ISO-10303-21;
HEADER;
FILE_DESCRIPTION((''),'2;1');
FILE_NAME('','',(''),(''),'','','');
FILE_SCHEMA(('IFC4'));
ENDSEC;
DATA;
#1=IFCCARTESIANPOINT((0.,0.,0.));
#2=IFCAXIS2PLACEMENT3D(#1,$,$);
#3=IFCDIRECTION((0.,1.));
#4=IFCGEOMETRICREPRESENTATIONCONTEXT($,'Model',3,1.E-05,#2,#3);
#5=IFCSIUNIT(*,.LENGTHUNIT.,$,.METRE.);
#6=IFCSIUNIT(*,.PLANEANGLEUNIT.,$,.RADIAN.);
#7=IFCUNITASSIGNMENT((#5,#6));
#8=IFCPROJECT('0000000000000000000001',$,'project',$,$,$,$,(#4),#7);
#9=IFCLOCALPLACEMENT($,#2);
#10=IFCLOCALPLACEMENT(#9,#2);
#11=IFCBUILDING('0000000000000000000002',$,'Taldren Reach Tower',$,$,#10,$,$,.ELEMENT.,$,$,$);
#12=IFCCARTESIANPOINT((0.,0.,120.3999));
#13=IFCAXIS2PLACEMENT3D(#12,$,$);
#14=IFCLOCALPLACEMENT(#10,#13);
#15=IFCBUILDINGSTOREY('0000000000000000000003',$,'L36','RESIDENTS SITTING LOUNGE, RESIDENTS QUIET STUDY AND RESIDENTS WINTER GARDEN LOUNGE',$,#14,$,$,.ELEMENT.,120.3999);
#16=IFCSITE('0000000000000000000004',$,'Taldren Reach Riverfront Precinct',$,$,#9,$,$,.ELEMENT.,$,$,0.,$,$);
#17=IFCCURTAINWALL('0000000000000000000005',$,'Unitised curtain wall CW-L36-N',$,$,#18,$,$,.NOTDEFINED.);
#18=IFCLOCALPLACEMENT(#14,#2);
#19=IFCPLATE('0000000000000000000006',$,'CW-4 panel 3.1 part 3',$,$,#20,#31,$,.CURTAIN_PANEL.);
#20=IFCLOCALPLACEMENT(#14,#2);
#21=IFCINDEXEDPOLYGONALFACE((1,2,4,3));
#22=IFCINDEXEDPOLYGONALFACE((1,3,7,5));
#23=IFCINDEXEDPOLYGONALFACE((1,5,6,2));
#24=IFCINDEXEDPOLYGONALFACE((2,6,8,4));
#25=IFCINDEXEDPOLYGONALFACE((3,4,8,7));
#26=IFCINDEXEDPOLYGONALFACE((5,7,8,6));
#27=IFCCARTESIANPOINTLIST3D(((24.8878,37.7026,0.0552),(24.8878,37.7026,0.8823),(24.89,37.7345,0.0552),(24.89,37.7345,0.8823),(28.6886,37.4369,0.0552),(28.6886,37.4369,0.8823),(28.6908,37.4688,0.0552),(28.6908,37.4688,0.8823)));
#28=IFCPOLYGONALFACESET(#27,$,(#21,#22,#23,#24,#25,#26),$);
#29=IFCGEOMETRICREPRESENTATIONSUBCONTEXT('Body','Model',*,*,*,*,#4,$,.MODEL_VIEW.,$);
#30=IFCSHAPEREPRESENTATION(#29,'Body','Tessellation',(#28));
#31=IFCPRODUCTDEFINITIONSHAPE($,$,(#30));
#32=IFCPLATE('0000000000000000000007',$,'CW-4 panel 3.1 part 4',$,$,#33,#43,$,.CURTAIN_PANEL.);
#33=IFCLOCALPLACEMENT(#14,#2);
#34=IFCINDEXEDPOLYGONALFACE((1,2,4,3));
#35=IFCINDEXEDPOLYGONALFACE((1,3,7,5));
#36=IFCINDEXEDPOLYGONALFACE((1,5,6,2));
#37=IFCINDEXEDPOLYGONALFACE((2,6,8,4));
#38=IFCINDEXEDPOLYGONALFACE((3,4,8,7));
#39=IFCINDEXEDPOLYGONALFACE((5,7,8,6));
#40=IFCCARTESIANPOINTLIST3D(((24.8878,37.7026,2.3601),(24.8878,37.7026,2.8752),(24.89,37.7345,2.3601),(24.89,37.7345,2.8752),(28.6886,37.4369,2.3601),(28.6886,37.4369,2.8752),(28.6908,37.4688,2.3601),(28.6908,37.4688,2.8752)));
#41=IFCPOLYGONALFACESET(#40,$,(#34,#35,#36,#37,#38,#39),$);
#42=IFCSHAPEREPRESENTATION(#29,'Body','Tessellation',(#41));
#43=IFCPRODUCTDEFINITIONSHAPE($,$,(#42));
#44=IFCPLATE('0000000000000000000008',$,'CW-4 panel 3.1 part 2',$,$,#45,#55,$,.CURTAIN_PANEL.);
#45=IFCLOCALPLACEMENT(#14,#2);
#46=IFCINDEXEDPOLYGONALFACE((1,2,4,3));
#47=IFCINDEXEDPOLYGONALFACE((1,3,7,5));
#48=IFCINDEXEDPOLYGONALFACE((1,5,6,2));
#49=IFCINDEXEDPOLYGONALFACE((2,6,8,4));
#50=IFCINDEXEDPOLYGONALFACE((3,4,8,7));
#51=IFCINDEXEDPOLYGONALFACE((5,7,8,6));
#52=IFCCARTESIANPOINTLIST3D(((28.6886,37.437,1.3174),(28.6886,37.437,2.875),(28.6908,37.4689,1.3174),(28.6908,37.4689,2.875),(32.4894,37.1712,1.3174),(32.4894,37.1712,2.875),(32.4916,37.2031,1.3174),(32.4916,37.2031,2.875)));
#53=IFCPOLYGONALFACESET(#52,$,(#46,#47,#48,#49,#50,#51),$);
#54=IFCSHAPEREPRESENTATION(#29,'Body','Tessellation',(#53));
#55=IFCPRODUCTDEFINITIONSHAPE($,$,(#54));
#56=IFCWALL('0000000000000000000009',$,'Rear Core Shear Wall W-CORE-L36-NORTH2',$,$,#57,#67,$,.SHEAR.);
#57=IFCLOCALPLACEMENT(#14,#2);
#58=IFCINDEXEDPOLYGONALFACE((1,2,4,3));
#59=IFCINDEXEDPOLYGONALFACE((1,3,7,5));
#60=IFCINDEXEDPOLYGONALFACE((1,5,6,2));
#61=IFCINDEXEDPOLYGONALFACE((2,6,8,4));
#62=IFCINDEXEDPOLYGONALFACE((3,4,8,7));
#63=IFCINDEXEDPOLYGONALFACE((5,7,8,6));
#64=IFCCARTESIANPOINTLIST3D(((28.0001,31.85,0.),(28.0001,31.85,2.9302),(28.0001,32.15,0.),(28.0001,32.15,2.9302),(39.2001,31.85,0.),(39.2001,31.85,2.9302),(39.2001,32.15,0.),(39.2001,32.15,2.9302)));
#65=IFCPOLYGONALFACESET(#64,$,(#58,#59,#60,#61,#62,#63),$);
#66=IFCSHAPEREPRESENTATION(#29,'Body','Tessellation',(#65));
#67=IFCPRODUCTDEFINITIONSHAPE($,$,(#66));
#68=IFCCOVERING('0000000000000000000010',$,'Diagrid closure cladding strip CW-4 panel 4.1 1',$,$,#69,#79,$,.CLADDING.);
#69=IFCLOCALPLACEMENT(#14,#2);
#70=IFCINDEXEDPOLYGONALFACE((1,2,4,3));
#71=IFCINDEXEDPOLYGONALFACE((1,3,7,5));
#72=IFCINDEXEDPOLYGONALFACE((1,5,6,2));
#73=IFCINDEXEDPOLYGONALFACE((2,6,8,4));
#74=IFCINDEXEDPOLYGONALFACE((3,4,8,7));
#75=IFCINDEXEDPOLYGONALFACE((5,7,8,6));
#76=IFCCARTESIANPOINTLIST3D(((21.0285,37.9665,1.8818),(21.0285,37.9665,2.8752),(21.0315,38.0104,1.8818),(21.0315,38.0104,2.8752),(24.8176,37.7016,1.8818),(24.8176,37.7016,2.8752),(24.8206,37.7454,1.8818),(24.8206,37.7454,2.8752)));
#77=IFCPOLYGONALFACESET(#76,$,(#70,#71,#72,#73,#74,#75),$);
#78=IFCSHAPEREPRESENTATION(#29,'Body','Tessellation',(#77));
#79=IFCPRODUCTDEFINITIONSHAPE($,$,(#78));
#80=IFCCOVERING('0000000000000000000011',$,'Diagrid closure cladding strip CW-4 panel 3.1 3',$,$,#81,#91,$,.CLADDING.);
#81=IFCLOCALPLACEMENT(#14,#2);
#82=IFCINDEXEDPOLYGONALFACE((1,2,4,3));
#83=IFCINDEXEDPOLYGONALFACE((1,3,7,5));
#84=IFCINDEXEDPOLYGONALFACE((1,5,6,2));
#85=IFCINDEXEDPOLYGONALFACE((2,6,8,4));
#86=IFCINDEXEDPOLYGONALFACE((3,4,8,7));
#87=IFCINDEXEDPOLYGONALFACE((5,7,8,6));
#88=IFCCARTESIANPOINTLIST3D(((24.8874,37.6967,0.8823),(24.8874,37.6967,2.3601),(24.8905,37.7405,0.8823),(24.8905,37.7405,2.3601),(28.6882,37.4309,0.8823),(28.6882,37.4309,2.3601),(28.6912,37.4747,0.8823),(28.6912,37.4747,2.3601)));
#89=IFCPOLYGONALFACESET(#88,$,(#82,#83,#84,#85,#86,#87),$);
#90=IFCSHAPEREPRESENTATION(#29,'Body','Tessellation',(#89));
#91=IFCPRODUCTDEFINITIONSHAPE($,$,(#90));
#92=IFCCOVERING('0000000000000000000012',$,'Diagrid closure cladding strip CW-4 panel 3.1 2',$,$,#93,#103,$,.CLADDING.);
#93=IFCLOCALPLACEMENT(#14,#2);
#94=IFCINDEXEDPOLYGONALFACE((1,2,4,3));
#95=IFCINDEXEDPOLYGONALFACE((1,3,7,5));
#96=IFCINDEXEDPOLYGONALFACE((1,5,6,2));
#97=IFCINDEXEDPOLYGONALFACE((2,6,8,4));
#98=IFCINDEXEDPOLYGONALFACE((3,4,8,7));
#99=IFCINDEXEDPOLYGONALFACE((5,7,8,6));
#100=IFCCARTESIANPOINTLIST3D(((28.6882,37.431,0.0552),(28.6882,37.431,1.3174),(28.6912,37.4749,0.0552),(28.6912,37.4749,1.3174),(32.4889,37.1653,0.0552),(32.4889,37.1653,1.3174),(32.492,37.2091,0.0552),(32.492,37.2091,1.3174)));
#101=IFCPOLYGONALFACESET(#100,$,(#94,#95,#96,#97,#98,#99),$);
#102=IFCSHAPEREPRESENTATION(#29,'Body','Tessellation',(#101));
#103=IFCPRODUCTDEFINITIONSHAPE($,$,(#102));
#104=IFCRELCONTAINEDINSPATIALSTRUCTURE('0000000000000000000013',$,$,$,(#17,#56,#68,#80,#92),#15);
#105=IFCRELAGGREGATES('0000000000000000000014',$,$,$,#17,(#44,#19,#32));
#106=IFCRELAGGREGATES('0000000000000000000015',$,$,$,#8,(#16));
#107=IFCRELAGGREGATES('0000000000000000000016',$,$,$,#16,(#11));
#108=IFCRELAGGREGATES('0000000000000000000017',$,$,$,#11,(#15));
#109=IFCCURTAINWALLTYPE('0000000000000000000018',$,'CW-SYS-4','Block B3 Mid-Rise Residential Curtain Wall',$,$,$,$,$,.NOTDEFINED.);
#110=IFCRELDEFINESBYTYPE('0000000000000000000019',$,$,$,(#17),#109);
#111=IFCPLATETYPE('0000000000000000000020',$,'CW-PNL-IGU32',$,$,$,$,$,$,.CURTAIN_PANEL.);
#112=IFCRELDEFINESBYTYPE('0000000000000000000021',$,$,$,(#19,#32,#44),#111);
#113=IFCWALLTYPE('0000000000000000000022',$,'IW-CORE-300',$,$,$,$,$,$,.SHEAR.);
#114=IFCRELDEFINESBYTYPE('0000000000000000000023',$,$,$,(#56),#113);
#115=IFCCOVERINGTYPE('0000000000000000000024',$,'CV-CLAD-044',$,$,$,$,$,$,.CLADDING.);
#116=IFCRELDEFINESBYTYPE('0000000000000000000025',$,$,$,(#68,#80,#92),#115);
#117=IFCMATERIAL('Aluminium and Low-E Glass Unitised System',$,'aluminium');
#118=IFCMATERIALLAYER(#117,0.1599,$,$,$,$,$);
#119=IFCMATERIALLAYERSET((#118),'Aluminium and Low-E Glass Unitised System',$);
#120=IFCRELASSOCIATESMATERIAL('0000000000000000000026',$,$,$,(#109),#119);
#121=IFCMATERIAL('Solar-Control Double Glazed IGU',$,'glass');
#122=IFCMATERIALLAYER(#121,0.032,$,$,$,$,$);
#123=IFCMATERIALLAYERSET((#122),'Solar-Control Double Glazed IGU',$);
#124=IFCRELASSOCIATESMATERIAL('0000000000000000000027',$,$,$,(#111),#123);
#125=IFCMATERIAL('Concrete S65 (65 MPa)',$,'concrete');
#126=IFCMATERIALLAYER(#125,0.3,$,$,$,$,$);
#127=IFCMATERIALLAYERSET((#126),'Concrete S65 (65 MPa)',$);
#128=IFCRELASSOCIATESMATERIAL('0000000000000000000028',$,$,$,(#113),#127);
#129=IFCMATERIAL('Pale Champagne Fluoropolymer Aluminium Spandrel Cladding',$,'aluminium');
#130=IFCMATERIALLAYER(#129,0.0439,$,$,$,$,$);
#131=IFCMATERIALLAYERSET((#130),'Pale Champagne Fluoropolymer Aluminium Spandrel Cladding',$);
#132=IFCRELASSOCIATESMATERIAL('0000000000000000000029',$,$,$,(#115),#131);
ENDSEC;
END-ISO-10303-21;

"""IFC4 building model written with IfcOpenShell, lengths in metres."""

from ifc_helpers import new_model, si_unit, direction, frame, frame_2d, origin, origin_2d, place, context, subcontext, project, spatial, rectangle, extrude, source, transform, mapped, material, layer, layer_set, type_object, element, aggregate, save


model = new_model("IFC4")

# Units and contexts
model_context = context("Model", 3, precision=1e-05, world=origin(), true_north=direction((0.0, 1.0)))
body_context = subcontext(model_context, "Body", "Model", "MODEL_VIEW")
ifc_project = project(units=[si_unit("LENGTHUNIT", "METRE"), si_unit("PLANEANGLEUNIT", "RADIAN")], contexts=[model_context])

# Site, building, storey
site_placement = place(None, origin())
site = spatial("IfcSite", under=ifc_project, at=site_placement, Name="Taldren Reach Riverfront Precinct", CompositionType="ELEMENT", RefElevation=0.0)
building_placement = place(site_placement, origin())
building = spatial("IfcBuilding", under=site, at=building_placement, Name="Taldren Reach Tower", CompositionType="ELEMENT")
storey_placement = place(building_placement, frame((0.0, 0.0, 120.3999)))
storey = spatial("IfcBuildingStorey", under=building, at=storey_placement, Name="L36", Description="RESIDENTS SITTING LOUNGE, RESIDENTS QUIET STUDY AND RESIDENTS WINTER GARDEN LOUNGE", CompositionType="ELEMENT", Elevation=120.3999)

# Curtain wall
ifc_material_1 = material(Name="Aluminium and Low-E Glass Unitised System", Category="aluminium")
ifc_layer_1 = layer(ifc_material_1, 0.1599)
ifc_layer_set_1 = layer_set([ifc_layer_1], Name="Aluminium and Low-E Glass Unitised System")
curtain_wall_type = type_object("IfcCurtainWallType", Name="CW-SYS-4", Description="Block B3 Mid-Rise Residential Curtain Wall", PredefinedType="NOTDEFINED", material=ifc_layer_set_1)
curtain_wall_placement = place(storey_placement, origin())
curtain_wall = element("IfcCurtainWall", 1, at=curtain_wall_placement, inside=storey, type_object=curtain_wall_type, Name="Unitised curtain wall CW-L36-N", PredefinedType="NOTDEFINED")

# Plates
ifc_material_2 = material(Name="Solar-Control Double Glazed IGU", Category="glass")
ifc_layer_2 = layer(ifc_material_2, 0.032)
ifc_layer_set_2 = layer_set([ifc_layer_2], Name="Solar-Control Double Glazed IGU")
plate_type_1 = type_object("IfcPlateType", Name="CW-PNL-IGU32", PredefinedType="CURTAIN_PANEL", material=ifc_layer_set_2)
shared_shape_1 = source(origin(), body_context, "Body", "SweptSolid", [
    extrude(rectangle(XDim=3.8101, YDim=0.032, at=origin_2d()), origin(), (0.0, 0.0, 1.0), 0.8271),
])
plate_1_placement = place(storey_placement, frame((26.7893, 37.5857, 0.0552), z_axis=(0.0, 0.0, 1.0), x_axis=(-0.997564, 0.069757, 0.0)))
plate_1 = element("IfcPlate", 2, at=plate_1_placement, type_object=plate_type_1, Name="CW-4 panel 3.1 part 3", PredefinedType="CURTAIN_PANEL", context=body_context, shape_type="MappedRepresentation", body=[
    mapped(shared_shape_1, transform((0.0, 0.0, 0.0), scale=1.0)),
])
shared_shape_2 = source(origin(), body_context, "Body", "SweptSolid", [
    extrude(rectangle(XDim=3.8101, YDim=0.032, at=origin_2d()), origin(), (0.0, 0.0, 1.0), 0.5151),
])
plate_2_placement = place(storey_placement, frame((26.7893, 37.5857, 2.3601), z_axis=(0.0, 0.0, 1.0), x_axis=(-0.997564, 0.069757, 0.0)))
plate_2 = element("IfcPlate", 3, at=plate_2_placement, type_object=plate_type_1, Name="CW-4 panel 3.1 part 4", PredefinedType="CURTAIN_PANEL", context=body_context, shape_type="MappedRepresentation", body=[
    mapped(shared_shape_2, transform((0.0, 0.0, 0.0), scale=1.0)),
])
shared_shape_3 = source(origin(), body_context, "Body", "SweptSolid", [
    extrude(rectangle(XDim=3.8101, YDim=0.032, at=origin_2d()), origin(), (0.0, 0.0, 1.0), 1.5576),
])
plate_3_placement = place(storey_placement, frame((30.5901, 37.3201, 1.3174), z_axis=(0.0, 0.0, 1.0), x_axis=(-0.997564, 0.069757, 0.0)))
plate_3 = element("IfcPlate", 4, at=plate_3_placement, type_object=plate_type_1, Name="CW-4 panel 3.1 part 2", PredefinedType="CURTAIN_PANEL", context=body_context, shape_type="MappedRepresentation", body=[
    mapped(shared_shape_3, transform((0.0, 0.0, 0.0), scale=1.0)),
])
aggregate(curtain_wall, [plate_3, plate_1, plate_2])

# Wall
ifc_material_3 = material(Name="Concrete S65 (65 MPa)", Category="concrete")
ifc_layer_3 = layer(ifc_material_3, 0.3)
ifc_layer_set_3 = layer_set([ifc_layer_3], Name="Concrete S65 (65 MPa)")
wall_type = type_object("IfcWallType", Name="IW-CORE-300", PredefinedType="SHEAR", material=ifc_layer_set_3)
shared_shape_4 = source(origin(), body_context, "Body", "SweptSolid", [
    extrude(rectangle(XDim=11.2, YDim=0.3, at=frame_2d((5.6001, 0.0))), origin(), (0.0, 0.0, 1.0), 2.9302),
])
wall_placement = place(storey_placement, frame((28.0, 32.0, 0.0), z_axis=(0.0, 0.0, 1.0), x_axis=(1.0, 0.0, 0.0)))
element("IfcWall", 5, at=wall_placement, inside=storey, type_object=wall_type, Name="Rear Core Shear Wall W-CORE-L36-NORTH2", PredefinedType="SHEAR", context=body_context, shape_type="MappedRepresentation", body=[
    mapped(shared_shape_4, transform((0.0, 0.0, 0.0), scale=1.0)),
])

# Coverings
ifc_material_4 = material(Name="Pale Champagne Fluoropolymer Aluminium Spandrel Cladding", Category="aluminium")
ifc_layer_4 = layer(ifc_material_4, 0.0439)
ifc_layer_set_4 = layer_set([ifc_layer_4], Name="Pale Champagne Fluoropolymer Aluminium Spandrel Cladding")
covering_type = type_object("IfcCoveringType", Name="CV-CLAD-044", PredefinedType="CLADDING", material=ifc_layer_set_4)
shared_shape_5 = source(origin(), body_context, "Body", "SweptSolid", [
    extrude(rectangle(XDim=3.7983, YDim=0.0439, at=origin_2d()), origin(), (0.0, 0.0, 1.0), 0.9934),
])
covering_1_placement = place(storey_placement, frame((22.9246, 37.856, 1.8818), z_axis=(0.0, 0.0, 1.0), x_axis=(-0.997564, 0.069757, 0.0)))
element("IfcCovering", 6, at=covering_1_placement, inside=storey, type_object=covering_type, Name="Diagrid closure cladding strip CW-4 panel 4.1 1", PredefinedType="CLADDING", context=body_context, shape_type="MappedRepresentation", body=[
    mapped(shared_shape_5, transform((0.0, 0.0, 0.0), scale=1.0)),
])
shared_shape_6 = source(origin(), body_context, "Body", "SweptSolid", [
    extrude(rectangle(XDim=3.8101, YDim=0.0439, at=origin_2d()), origin(), (0.0, 0.0, 1.0), 1.4778),
])
covering_2_placement = place(storey_placement, frame((26.7893, 37.5857, 0.8823), z_axis=(0.0, 0.0, 1.0), x_axis=(-0.997564, 0.069757, 0.0)))
element("IfcCovering", 7, at=covering_2_placement, inside=storey, type_object=covering_type, Name="Diagrid closure cladding strip CW-4 panel 3.1 3", PredefinedType="CLADDING", context=body_context, shape_type="MappedRepresentation", body=[
    mapped(shared_shape_6, transform((0.0, 0.0, 0.0), scale=1.0)),
])
shared_shape_7 = source(origin(), body_context, "Body", "SweptSolid", [
    extrude(rectangle(XDim=3.8101, YDim=0.0439, at=origin_2d()), origin(), (0.0, 0.0, 1.0), 1.2622),
])
covering_3_placement = place(storey_placement, frame((30.5901, 37.3201, 0.0552), z_axis=(0.0, 0.0, 1.0), x_axis=(-0.997564, 0.069757, 0.0)))
element("IfcCovering", 8, at=covering_3_placement, inside=storey, type_object=covering_type, Name="Diagrid closure cladding strip CW-4 panel 3.1 2", PredefinedType="CLADDING", context=body_context, shape_type="MappedRepresentation", body=[
    mapped(shared_shape_7, transform((0.0, 0.0, 0.0), scale=1.0)),
])

save(model, "model.ifc")
